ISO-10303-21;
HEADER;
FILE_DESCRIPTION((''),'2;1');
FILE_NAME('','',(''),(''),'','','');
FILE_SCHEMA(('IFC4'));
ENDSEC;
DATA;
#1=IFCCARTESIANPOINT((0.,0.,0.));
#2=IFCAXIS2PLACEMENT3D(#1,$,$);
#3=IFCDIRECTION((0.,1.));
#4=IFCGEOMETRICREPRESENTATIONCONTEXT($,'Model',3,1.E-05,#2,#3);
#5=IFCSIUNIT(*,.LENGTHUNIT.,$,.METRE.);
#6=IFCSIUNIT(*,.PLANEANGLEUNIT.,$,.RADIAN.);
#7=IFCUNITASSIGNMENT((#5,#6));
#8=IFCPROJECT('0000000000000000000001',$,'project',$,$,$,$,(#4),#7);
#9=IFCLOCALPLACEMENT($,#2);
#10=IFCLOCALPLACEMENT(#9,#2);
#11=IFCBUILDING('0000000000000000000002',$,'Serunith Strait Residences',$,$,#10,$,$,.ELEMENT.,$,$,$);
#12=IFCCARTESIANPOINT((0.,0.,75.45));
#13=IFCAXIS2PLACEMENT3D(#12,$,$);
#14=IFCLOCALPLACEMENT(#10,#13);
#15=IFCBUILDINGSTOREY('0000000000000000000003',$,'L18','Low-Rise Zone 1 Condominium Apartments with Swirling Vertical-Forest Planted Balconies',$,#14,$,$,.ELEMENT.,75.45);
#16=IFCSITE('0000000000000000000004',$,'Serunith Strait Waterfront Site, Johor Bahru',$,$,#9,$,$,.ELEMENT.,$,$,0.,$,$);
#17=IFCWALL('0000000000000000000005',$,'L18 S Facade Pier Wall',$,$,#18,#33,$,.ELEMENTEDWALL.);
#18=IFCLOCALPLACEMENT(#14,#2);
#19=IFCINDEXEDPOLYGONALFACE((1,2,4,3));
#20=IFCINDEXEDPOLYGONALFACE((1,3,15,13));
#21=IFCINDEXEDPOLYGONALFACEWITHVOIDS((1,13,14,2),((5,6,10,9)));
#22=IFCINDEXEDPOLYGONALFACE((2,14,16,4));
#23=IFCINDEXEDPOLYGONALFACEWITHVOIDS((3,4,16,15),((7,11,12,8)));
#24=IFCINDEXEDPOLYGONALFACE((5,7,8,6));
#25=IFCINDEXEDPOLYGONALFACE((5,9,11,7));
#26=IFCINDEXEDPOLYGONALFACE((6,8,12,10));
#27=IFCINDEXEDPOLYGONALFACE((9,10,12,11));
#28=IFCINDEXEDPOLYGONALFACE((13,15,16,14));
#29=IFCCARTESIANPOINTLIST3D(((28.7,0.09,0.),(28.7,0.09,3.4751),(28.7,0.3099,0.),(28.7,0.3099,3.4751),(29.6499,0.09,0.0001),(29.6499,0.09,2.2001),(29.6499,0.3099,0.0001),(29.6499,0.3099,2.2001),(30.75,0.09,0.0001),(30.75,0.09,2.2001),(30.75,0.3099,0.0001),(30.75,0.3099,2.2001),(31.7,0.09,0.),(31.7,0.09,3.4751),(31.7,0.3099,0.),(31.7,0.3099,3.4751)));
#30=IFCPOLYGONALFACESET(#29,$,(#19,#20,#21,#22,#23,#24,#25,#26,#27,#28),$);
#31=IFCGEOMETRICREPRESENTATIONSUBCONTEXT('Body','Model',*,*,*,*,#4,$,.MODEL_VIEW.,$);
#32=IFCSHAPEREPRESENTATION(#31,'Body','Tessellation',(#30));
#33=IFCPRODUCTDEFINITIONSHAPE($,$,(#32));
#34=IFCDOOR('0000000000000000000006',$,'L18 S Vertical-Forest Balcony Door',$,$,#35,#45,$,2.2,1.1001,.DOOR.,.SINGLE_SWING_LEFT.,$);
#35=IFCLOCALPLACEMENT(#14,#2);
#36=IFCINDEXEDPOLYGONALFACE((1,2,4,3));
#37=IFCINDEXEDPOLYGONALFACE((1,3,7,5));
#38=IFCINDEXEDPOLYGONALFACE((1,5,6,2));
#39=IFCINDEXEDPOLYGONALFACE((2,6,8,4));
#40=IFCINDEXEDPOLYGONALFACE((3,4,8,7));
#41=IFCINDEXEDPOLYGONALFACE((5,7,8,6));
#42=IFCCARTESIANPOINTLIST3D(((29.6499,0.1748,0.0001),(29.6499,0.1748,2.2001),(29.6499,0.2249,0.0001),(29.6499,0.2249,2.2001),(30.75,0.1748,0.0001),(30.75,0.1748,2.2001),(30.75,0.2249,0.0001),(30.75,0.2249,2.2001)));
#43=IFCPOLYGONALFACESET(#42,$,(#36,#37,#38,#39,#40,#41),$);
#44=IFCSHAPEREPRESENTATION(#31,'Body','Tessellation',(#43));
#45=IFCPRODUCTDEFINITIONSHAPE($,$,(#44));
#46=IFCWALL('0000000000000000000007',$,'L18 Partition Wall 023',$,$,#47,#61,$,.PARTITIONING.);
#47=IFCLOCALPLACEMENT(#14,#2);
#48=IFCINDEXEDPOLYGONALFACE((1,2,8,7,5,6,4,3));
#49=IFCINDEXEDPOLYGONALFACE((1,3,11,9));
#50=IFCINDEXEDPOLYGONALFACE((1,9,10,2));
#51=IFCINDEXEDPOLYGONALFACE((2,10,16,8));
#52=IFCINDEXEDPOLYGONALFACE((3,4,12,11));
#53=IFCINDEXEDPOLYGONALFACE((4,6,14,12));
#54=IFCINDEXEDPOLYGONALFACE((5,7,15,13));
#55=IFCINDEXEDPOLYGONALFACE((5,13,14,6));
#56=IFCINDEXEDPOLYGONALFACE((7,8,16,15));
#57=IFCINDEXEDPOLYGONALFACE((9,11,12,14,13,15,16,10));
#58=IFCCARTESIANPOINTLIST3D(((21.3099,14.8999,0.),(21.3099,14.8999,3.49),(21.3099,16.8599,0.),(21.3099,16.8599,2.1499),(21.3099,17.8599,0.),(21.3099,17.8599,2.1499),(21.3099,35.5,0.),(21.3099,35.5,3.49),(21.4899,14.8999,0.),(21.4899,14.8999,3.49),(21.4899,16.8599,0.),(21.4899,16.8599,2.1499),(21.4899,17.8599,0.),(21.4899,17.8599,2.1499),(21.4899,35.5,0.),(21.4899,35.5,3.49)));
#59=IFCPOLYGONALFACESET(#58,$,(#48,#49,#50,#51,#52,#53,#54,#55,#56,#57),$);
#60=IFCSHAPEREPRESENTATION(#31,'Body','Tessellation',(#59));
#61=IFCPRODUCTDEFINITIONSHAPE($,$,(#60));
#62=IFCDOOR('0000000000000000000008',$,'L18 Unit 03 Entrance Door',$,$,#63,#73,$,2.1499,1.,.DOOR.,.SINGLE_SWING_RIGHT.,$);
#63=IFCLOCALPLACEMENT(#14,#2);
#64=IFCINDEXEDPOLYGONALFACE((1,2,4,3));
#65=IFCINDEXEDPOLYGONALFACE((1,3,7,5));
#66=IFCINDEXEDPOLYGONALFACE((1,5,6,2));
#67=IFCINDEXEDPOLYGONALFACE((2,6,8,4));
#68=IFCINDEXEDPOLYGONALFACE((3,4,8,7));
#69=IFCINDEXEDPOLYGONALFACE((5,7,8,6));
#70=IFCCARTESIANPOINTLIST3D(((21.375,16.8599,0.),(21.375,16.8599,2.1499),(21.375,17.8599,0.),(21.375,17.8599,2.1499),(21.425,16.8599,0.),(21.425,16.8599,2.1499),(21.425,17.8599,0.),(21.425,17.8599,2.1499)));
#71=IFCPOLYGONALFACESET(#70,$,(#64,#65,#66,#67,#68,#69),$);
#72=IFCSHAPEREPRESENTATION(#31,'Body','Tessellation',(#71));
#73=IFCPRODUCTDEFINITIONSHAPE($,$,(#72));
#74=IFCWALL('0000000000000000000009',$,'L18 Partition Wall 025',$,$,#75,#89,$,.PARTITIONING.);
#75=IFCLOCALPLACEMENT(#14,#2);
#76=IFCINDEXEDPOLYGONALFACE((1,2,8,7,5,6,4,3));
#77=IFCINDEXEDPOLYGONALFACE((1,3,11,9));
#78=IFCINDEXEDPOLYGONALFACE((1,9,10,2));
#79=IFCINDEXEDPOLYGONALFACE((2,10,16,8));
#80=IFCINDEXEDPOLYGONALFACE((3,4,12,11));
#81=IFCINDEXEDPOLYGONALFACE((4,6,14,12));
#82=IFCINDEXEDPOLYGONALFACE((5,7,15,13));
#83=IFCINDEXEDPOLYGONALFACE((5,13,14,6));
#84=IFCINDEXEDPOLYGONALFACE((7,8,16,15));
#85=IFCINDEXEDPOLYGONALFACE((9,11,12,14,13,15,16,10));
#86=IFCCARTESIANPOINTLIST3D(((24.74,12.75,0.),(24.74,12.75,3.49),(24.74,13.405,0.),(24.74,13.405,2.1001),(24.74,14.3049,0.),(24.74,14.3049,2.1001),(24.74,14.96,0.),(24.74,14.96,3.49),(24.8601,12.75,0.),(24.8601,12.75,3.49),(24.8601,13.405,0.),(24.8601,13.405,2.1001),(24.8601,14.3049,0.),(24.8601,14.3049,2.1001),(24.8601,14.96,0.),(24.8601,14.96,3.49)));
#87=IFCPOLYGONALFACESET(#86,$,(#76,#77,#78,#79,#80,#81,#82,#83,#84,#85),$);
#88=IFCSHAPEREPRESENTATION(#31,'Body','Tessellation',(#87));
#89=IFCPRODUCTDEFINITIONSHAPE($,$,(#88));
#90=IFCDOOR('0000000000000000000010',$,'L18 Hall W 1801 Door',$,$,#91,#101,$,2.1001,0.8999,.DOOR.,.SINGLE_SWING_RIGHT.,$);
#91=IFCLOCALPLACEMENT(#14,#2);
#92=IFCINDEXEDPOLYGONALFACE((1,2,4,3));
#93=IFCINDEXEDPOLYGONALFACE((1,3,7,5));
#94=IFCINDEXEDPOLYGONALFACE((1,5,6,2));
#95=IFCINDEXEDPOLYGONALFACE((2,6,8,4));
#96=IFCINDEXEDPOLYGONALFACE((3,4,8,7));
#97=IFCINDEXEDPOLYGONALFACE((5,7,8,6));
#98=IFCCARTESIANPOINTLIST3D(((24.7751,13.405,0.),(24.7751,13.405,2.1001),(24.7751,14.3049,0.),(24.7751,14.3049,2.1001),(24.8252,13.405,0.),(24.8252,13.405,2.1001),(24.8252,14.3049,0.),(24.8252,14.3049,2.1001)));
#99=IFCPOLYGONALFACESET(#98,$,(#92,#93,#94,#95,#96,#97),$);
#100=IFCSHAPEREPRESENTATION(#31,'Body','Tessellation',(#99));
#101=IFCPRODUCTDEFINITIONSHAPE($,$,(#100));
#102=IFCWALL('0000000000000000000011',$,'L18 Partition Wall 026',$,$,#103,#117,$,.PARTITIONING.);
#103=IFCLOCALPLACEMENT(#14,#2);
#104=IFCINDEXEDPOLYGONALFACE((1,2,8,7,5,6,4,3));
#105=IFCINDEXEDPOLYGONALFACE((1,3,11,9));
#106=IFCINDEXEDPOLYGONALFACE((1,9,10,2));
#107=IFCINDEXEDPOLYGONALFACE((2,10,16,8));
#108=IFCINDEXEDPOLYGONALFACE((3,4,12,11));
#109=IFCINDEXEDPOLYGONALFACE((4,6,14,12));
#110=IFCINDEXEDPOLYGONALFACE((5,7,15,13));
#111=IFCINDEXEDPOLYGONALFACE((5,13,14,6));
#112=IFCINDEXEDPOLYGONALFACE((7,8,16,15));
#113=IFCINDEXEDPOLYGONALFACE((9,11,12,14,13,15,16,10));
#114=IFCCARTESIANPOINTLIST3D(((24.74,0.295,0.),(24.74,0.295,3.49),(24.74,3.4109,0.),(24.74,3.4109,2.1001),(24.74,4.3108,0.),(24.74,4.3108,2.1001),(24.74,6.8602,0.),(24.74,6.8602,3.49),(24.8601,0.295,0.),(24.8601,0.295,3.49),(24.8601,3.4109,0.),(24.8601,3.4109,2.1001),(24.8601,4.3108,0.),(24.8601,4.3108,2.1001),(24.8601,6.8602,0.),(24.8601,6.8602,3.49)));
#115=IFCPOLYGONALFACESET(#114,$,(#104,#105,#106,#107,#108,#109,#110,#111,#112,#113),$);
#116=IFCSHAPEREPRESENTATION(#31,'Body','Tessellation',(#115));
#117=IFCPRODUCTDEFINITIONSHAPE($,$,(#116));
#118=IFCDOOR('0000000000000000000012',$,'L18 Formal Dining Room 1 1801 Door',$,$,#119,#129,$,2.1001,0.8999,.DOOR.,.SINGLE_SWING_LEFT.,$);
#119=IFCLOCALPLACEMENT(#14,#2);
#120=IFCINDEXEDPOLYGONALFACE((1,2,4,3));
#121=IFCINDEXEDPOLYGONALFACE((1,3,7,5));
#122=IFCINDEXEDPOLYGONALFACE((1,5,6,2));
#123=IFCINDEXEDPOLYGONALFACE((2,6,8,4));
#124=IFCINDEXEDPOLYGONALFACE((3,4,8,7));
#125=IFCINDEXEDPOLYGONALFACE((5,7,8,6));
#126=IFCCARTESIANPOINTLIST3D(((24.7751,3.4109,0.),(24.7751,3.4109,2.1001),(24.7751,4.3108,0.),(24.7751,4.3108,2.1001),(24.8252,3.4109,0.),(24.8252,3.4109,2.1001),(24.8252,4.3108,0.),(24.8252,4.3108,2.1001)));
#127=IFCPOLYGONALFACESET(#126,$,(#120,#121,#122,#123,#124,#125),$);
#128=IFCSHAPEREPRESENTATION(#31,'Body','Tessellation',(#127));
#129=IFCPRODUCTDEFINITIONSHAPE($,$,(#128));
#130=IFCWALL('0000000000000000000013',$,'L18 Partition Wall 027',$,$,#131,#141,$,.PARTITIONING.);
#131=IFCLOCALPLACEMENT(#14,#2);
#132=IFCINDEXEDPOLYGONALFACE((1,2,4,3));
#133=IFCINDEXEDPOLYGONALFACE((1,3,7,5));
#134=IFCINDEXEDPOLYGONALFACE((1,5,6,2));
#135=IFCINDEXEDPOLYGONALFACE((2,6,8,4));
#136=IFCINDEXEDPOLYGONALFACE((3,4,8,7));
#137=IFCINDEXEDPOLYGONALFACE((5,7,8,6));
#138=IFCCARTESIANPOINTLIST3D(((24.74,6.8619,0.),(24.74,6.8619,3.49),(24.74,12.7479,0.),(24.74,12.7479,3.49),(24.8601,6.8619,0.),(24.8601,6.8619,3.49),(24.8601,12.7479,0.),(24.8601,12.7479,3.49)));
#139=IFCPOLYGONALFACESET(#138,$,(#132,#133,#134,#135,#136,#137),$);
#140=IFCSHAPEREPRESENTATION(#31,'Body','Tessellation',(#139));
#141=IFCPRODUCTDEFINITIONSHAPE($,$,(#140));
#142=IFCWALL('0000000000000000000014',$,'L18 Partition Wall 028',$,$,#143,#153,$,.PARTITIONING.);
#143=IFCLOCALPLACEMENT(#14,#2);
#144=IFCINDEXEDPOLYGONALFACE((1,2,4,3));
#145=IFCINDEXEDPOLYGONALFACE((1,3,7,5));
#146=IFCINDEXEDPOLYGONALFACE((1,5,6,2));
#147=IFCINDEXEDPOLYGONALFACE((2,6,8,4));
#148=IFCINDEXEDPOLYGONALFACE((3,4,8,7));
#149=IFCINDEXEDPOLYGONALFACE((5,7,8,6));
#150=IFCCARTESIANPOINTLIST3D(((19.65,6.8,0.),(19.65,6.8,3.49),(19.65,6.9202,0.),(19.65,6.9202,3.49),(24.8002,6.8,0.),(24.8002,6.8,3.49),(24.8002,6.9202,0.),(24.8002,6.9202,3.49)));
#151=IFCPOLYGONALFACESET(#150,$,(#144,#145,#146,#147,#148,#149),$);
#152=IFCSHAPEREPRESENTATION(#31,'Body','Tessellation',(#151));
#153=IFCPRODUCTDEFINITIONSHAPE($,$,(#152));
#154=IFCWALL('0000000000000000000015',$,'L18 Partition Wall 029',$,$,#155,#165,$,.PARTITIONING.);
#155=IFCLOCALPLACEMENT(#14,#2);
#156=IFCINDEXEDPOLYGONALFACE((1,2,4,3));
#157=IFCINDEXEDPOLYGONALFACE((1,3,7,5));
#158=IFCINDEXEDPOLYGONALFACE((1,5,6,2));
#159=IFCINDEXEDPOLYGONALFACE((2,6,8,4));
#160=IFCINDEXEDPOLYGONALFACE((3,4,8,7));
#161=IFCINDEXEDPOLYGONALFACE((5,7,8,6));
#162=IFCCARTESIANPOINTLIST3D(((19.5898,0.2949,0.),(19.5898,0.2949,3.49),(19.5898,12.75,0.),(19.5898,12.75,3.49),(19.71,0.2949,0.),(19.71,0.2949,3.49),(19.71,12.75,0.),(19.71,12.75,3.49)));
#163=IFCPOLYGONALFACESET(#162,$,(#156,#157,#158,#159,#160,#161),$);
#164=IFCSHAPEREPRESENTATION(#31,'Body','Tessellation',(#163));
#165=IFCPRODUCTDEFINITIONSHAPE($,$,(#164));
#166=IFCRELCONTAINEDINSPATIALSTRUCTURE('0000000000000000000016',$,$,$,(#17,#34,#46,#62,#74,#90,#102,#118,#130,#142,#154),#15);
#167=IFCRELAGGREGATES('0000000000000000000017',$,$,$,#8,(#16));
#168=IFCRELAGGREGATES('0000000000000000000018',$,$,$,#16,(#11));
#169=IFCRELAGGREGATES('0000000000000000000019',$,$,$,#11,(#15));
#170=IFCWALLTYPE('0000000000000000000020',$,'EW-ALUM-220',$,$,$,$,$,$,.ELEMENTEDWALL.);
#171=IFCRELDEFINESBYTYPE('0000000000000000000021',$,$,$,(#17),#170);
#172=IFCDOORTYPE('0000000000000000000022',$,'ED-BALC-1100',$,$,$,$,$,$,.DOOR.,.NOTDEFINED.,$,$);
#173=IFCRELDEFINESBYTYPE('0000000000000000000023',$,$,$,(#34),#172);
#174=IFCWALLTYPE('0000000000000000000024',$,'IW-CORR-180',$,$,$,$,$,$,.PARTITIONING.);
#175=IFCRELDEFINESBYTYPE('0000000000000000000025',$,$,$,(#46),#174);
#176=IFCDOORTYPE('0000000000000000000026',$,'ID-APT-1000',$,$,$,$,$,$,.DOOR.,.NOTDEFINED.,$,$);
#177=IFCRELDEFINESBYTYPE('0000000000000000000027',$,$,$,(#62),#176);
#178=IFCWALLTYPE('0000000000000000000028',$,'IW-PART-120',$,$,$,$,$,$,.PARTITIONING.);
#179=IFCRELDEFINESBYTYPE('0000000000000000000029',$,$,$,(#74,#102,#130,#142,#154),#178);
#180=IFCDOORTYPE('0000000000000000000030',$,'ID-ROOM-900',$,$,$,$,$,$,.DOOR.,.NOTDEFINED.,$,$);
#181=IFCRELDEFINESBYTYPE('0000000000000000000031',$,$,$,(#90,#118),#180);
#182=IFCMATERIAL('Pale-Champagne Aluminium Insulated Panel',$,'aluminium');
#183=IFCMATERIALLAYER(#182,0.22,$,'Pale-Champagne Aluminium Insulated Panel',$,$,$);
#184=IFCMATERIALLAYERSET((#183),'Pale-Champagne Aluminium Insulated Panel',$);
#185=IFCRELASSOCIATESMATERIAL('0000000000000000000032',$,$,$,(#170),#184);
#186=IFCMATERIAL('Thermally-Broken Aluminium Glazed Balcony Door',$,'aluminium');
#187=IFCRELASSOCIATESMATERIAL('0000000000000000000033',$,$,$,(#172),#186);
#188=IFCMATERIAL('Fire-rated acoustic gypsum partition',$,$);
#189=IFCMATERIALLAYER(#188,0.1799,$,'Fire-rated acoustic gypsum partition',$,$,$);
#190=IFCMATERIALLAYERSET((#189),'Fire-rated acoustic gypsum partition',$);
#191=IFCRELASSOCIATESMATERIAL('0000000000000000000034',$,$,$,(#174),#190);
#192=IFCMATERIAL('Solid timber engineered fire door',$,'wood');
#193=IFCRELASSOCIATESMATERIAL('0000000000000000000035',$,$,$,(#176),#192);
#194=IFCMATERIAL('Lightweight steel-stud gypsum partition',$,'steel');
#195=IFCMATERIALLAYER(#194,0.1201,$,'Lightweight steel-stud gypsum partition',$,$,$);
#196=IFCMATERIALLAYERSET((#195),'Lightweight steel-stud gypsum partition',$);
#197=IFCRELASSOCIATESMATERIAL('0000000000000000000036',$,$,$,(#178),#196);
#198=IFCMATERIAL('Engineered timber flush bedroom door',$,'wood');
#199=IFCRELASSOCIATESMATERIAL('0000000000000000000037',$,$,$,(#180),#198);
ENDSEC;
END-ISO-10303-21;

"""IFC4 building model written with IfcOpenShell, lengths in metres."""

from ifc_helpers import new_model, si_unit, direction, frame, frame_2d, origin, place, context, subcontext, project, spatial, rectangle, extrude, source, transform, mapped, material, layer, layer_set, type_object, element, fill, save


model = new_model("IFC4")

# Units and contexts
model_context = context("Model", 3, precision=1e-05, world=origin(), true_north=direction((0.0, 1.0)))
body_context = subcontext(model_context, "Body", "Model", "MODEL_VIEW")
ifc_project = project(units=[si_unit("LENGTHUNIT", "METRE"), si_unit("PLANEANGLEUNIT", "RADIAN")], contexts=[model_context])

# Site, building, storey
site_placement = place(None, origin())
site = spatial("IfcSite", under=ifc_project, at=site_placement, Name="Serunith Strait Waterfront Site, Johor Bahru", CompositionType="ELEMENT", RefElevation=0.0)
building_placement = place(site_placement, origin())
building = spatial("IfcBuilding", under=site, at=building_placement, Name="Serunith Strait Residences", CompositionType="ELEMENT")
storey_placement = place(building_placement, frame((0.0, 0.0, 75.45)))
storey = spatial("IfcBuildingStorey", under=building, at=storey_placement, Name="L18", Description="Low-Rise Zone 1 Condominium Apartments with Swirling Vertical-Forest Planted Balconies", CompositionType="ELEMENT", Elevation=75.45)

# Walls, openings, doors
ifc_material_1 = material(Name="Pale-Champagne Aluminium Insulated Panel", Category="aluminium")
ifc_layer_1 = layer(ifc_material_1, 0.22, Name="Pale-Champagne Aluminium Insulated Panel")
ifc_layer_set_1 = layer_set([ifc_layer_1], Name="Pale-Champagne Aluminium Insulated Panel")
wall_type_1 = type_object("IfcWallType", Name="EW-ALUM-220", PredefinedType="ELEMENTEDWALL", material=ifc_layer_set_1)
wall_1_placement = place(storey_placement, frame((28.7, 0.2, 0.0), z_axis=(0.0, 0.0, 1.0), x_axis=(1.0, 0.0, 0.0)))
wall_1 = element("IfcWall", 1, at=wall_1_placement, inside=storey, type_object=wall_type_1, Name="L18 S Facade Pier Wall", PredefinedType="ELEMENTEDWALL", context=body_context, shape_type="SweptSolid", body=[
    extrude(rectangle(XDim=3.0, YDim=0.22, at=frame_2d((1.5, 0.0))), origin(), (0.0, 0.0, 1.0), 3.4751),
])
opening_1_placement = place(wall_1_placement, frame((0.95, 0.0, 0.0)))
opening_1 = element("IfcOpeningElement", 2, at=opening_1_placement, cuts=wall_1, PredefinedType="OPENING", context=body_context, shape_type="SweptSolid", body=[
    extrude(rectangle(XDim=1.1001, YDim=2.2, at=frame_2d((0.55, 1.1001))), frame((0.0, 0.1201, 0.0), z_axis=(0.0, -1.0, 0.0), x_axis=(1.0, 0.0, 0.0)), (0.0, 0.0, 1.0), 0.24),
])
ifc_material_2 = material(Name="Thermally-Broken Aluminium Glazed Balcony Door", Category="aluminium")
door_type_1 = type_object("IfcDoorType", Name="ED-BALC-1100", OperationType="NOTDEFINED", PredefinedType="DOOR", material=ifc_material_2)
shared_shape_1 = source(origin(), body_context, "Body", "SweptSolid", [
    extrude(rectangle(XDim=1.1001, YDim=2.2, at=frame_2d((0.55, 1.1001))), frame((0.0, 0.0249, 0.0), z_axis=(0.0, -1.0, 0.0), x_axis=(1.0, 0.0, 0.0)), (0.0, 0.0, 1.0), 0.05),
])
door_1_placement = place(opening_1_placement, origin())
door_1 = element("IfcDoor", 3, at=door_1_placement, inside=storey, type_object=door_type_1, Name="L18 S Vertical-Forest Balcony Door", OperationType="SINGLE_SWING_LEFT", OverallHeight=2.2, OverallWidth=1.1001, PredefinedType="DOOR", context=body_context, shape_type="MappedRepresentation", body=[
    mapped(shared_shape_1, transform((0.0, 0.0, 0.0), scale=1.0)),
])
fill(opening_1, door_1)
ifc_material_3 = material(Name="Fire-rated acoustic gypsum partition")
ifc_layer_2 = layer(ifc_material_3, 0.1799, Name="Fire-rated acoustic gypsum partition")
ifc_layer_set_2 = layer_set([ifc_layer_2], Name="Fire-rated acoustic gypsum partition")
wall_type_2 = type_object("IfcWallType", Name="IW-CORR-180", PredefinedType="PARTITIONING", material=ifc_layer_set_2)
wall_2_placement = place(storey_placement, frame((21.3999, 14.8999, 0.0), z_axis=(0.0, 0.0, 1.0), x_axis=(0.0, 1.0, 0.0)))
wall_2 = element("IfcWall", 4, at=wall_2_placement, inside=storey, type_object=wall_type_2, Name="L18 Partition Wall 023", PredefinedType="PARTITIONING", context=body_context, shape_type="SweptSolid", body=[
    extrude(rectangle(XDim=20.6001, YDim=0.1799, at=frame_2d((10.3, 0.0))), origin(), (0.0, 0.0, 1.0), 3.49),
])
opening_2_placement = place(wall_2_placement, frame((1.96, 0.0, 0.0)))
opening_2 = element("IfcOpeningElement", 5, at=opening_2_placement, cuts=wall_2, PredefinedType="OPENING", context=body_context, shape_type="SweptSolid", body=[
    extrude(rectangle(XDim=1.0, YDim=2.1499, at=frame_2d((0.5, 1.075))), frame((0.0, 0.1001, 0.0), z_axis=(0.0, -1.0, 0.0), x_axis=(1.0, 0.0, 0.0)), (0.0, 0.0, 1.0), 0.2),
])
ifc_material_4 = material(Name="Solid timber engineered fire door", Category="wood")
door_type_2 = type_object("IfcDoorType", Name="ID-APT-1000", OperationType="NOTDEFINED", PredefinedType="DOOR", material=ifc_material_4)
shared_shape_2 = source(origin(), body_context, "Body", "SweptSolid", [
    extrude(rectangle(XDim=1.0, YDim=2.1499, at=frame_2d((0.5, 1.075))), frame((0.0, 0.0249, 0.0), z_axis=(0.0, -1.0, 0.0), x_axis=(1.0, 0.0, 0.0)), (0.0, 0.0, 1.0), 0.05),
])
door_2_placement = place(opening_2_placement, origin())
door_2 = element("IfcDoor", 6, at=door_2_placement, inside=storey, type_object=door_type_2, Name="L18 Unit 03 Entrance Door", OperationType="SINGLE_SWING_RIGHT", OverallHeight=2.1499, OverallWidth=1.0, PredefinedType="DOOR", context=body_context, shape_type="MappedRepresentation", body=[
    mapped(shared_shape_2, transform((0.0, 0.0, 0.0), scale=1.0)),
])
fill(opening_2, door_2)
ifc_material_5 = material(Name="Lightweight steel-stud gypsum partition", Category="steel")
ifc_layer_3 = layer(ifc_material_5, 0.1201, Name="Lightweight steel-stud gypsum partition")
ifc_layer_set_3 = layer_set([ifc_layer_3], Name="Lightweight steel-stud gypsum partition")
wall_type_3 = type_object("IfcWallType", Name="IW-PART-120", PredefinedType="PARTITIONING", material=ifc_layer_set_3)
wall_3_placement = place(storey_placement, frame((24.8, 12.75, 0.0), z_axis=(0.0, 0.0, 1.0), x_axis=(0.0, 1.0, 0.0)))
wall_3 = element("IfcWall", 7, at=wall_3_placement, inside=storey, type_object=wall_type_3, Name="L18 Partition Wall 025", PredefinedType="PARTITIONING", context=body_context, shape_type="SweptSolid", body=[
    extrude(rectangle(XDim=2.21, YDim=0.1201, at=frame_2d((1.105, 0.0))), origin(), (0.0, 0.0, 1.0), 3.49),
])
opening_3_placement = place(wall_3_placement, frame((0.655, 0.0, 0.0)))
opening_3 = element("IfcOpeningElement", 8, at=opening_3_placement, cuts=wall_3, PredefinedType="OPENING", context=body_context, shape_type="SweptSolid", body=[
    extrude(rectangle(XDim=0.8999, YDim=2.1001, at=frame_2d((0.45, 1.05))), frame((0.0, 0.0701, 0.0), z_axis=(0.0, -1.0, 0.0), x_axis=(1.0, 0.0, 0.0)), (0.0, 0.0, 1.0), 0.1401),
])
ifc_material_6 = material(Name="Engineered timber flush bedroom door", Category="wood")
door_type_3 = type_object("IfcDoorType", Name="ID-ROOM-900", OperationType="NOTDEFINED", PredefinedType="DOOR", material=ifc_material_6)
shared_shape_3 = source(origin(), body_context, "Body", "SweptSolid", [
    extrude(rectangle(XDim=0.8999, YDim=2.1001, at=frame_2d((0.45, 1.05))), frame((0.0, 0.0249, 0.0), z_axis=(0.0, -1.0, 0.0), x_axis=(1.0, 0.0, 0.0)), (0.0, 0.0, 1.0), 0.05),
])
door_3_placement = place(opening_3_placement, origin())
door_3 = element("IfcDoor", 9, at=door_3_placement, inside=storey, type_object=door_type_3, Name="L18 Hall W 1801 Door", OperationType="SINGLE_SWING_RIGHT", OverallHeight=2.1001, OverallWidth=0.8999, PredefinedType="DOOR", context=body_context, shape_type="MappedRepresentation", body=[
    mapped(shared_shape_3, transform((0.0, 0.0, 0.0), scale=1.0)),
])
fill(opening_3, door_3)
wall_4_placement = place(storey_placement, frame((24.8, 0.2949, 0.0), z_axis=(0.0, 0.0, 1.0), x_axis=(0.0, 1.0, 0.0)))
wall_4 = element("IfcWall", 10, at=wall_4_placement, inside=storey, type_object=wall_type_3, Name="L18 Partition Wall 026", PredefinedType="PARTITIONING", context=body_context, shape_type="SweptSolid", body=[
    extrude(rectangle(XDim=6.5652, YDim=0.1201, at=frame_2d((3.2827, 0.0))), origin(), (0.0, 0.0, 1.0), 3.49),
])
opening_4_placement = place(wall_4_placement, frame((3.116, 0.0, 0.0)))
opening_4 = element("IfcOpeningElement", 11, at=opening_4_placement, cuts=wall_4, PredefinedType="OPENING", context=body_context, shape_type="SweptSolid", body=[
    extrude(rectangle(XDim=0.8999, YDim=2.1001, at=frame_2d((0.45, 1.05))), frame((0.0, 0.0701, 0.0), z_axis=(0.0, -1.0, 0.0), x_axis=(1.0, 0.0, 0.0)), (0.0, 0.0, 1.0), 0.1401),
])
door_4_placement = place(opening_4_placement, origin())
door_4 = element("IfcDoor", 12, at=door_4_placement, inside=storey, type_object=door_type_3, Name="L18 Formal Dining Room 1 1801 Door", OperationType="SINGLE_SWING_LEFT", OverallHeight=2.1001, OverallWidth=0.8999, PredefinedType="DOOR", context=body_context, shape_type="MappedRepresentation", body=[
    mapped(shared_shape_3, transform((0.0, 0.0, 0.0), scale=1.0)),
])
fill(opening_4, door_4)

# Walls
wall_5_placement = place(storey_placement, frame((24.8, 6.8621, 0.0), z_axis=(0.0, 0.0, 1.0), x_axis=(0.0, 1.0, 0.0)))
element("IfcWall", 13, at=wall_5_placement, inside=storey, type_object=wall_type_3, Name="L18 Partition Wall 027", PredefinedType="PARTITIONING", context=body_context, shape_type="SweptSolid", body=[
    extrude(rectangle(XDim=5.886, YDim=0.1201, at=frame_2d((2.9429, 0.0))), origin(), (0.0, 0.0, 1.0), 3.49),
])
wall_6_placement = place(storey_placement, frame((19.6499, 6.8601, 0.0), z_axis=(0.0, 0.0, 1.0), x_axis=(1.0, 0.0, 0.0)))
element("IfcWall", 14, at=wall_6_placement, inside=storey, type_object=wall_type_3, Name="L18 Partition Wall 028", PredefinedType="PARTITIONING", context=body_context, shape_type="SweptSolid", body=[
    extrude(rectangle(XDim=5.1501, YDim=0.1201, at=frame_2d((2.5752, 0.0))), origin(), (0.0, 0.0, 1.0), 3.49),
])
wall_7_placement = place(storey_placement, frame((19.6499, 0.2949, 0.0), z_axis=(0.0, 0.0, 1.0), x_axis=(0.0, 1.0, 0.0)))
element("IfcWall", 15, at=wall_7_placement, inside=storey, type_object=wall_type_3, Name="L18 Partition Wall 029", PredefinedType="PARTITIONING", context=body_context, shape_type="SweptSolid", body=[
    extrude(rectangle(XDim=12.4551, YDim=0.1201, at=frame_2d((6.2275, 0.0))), origin(), (0.0, 0.0, 1.0), 3.49),
])

save(model, "model.ifc")
